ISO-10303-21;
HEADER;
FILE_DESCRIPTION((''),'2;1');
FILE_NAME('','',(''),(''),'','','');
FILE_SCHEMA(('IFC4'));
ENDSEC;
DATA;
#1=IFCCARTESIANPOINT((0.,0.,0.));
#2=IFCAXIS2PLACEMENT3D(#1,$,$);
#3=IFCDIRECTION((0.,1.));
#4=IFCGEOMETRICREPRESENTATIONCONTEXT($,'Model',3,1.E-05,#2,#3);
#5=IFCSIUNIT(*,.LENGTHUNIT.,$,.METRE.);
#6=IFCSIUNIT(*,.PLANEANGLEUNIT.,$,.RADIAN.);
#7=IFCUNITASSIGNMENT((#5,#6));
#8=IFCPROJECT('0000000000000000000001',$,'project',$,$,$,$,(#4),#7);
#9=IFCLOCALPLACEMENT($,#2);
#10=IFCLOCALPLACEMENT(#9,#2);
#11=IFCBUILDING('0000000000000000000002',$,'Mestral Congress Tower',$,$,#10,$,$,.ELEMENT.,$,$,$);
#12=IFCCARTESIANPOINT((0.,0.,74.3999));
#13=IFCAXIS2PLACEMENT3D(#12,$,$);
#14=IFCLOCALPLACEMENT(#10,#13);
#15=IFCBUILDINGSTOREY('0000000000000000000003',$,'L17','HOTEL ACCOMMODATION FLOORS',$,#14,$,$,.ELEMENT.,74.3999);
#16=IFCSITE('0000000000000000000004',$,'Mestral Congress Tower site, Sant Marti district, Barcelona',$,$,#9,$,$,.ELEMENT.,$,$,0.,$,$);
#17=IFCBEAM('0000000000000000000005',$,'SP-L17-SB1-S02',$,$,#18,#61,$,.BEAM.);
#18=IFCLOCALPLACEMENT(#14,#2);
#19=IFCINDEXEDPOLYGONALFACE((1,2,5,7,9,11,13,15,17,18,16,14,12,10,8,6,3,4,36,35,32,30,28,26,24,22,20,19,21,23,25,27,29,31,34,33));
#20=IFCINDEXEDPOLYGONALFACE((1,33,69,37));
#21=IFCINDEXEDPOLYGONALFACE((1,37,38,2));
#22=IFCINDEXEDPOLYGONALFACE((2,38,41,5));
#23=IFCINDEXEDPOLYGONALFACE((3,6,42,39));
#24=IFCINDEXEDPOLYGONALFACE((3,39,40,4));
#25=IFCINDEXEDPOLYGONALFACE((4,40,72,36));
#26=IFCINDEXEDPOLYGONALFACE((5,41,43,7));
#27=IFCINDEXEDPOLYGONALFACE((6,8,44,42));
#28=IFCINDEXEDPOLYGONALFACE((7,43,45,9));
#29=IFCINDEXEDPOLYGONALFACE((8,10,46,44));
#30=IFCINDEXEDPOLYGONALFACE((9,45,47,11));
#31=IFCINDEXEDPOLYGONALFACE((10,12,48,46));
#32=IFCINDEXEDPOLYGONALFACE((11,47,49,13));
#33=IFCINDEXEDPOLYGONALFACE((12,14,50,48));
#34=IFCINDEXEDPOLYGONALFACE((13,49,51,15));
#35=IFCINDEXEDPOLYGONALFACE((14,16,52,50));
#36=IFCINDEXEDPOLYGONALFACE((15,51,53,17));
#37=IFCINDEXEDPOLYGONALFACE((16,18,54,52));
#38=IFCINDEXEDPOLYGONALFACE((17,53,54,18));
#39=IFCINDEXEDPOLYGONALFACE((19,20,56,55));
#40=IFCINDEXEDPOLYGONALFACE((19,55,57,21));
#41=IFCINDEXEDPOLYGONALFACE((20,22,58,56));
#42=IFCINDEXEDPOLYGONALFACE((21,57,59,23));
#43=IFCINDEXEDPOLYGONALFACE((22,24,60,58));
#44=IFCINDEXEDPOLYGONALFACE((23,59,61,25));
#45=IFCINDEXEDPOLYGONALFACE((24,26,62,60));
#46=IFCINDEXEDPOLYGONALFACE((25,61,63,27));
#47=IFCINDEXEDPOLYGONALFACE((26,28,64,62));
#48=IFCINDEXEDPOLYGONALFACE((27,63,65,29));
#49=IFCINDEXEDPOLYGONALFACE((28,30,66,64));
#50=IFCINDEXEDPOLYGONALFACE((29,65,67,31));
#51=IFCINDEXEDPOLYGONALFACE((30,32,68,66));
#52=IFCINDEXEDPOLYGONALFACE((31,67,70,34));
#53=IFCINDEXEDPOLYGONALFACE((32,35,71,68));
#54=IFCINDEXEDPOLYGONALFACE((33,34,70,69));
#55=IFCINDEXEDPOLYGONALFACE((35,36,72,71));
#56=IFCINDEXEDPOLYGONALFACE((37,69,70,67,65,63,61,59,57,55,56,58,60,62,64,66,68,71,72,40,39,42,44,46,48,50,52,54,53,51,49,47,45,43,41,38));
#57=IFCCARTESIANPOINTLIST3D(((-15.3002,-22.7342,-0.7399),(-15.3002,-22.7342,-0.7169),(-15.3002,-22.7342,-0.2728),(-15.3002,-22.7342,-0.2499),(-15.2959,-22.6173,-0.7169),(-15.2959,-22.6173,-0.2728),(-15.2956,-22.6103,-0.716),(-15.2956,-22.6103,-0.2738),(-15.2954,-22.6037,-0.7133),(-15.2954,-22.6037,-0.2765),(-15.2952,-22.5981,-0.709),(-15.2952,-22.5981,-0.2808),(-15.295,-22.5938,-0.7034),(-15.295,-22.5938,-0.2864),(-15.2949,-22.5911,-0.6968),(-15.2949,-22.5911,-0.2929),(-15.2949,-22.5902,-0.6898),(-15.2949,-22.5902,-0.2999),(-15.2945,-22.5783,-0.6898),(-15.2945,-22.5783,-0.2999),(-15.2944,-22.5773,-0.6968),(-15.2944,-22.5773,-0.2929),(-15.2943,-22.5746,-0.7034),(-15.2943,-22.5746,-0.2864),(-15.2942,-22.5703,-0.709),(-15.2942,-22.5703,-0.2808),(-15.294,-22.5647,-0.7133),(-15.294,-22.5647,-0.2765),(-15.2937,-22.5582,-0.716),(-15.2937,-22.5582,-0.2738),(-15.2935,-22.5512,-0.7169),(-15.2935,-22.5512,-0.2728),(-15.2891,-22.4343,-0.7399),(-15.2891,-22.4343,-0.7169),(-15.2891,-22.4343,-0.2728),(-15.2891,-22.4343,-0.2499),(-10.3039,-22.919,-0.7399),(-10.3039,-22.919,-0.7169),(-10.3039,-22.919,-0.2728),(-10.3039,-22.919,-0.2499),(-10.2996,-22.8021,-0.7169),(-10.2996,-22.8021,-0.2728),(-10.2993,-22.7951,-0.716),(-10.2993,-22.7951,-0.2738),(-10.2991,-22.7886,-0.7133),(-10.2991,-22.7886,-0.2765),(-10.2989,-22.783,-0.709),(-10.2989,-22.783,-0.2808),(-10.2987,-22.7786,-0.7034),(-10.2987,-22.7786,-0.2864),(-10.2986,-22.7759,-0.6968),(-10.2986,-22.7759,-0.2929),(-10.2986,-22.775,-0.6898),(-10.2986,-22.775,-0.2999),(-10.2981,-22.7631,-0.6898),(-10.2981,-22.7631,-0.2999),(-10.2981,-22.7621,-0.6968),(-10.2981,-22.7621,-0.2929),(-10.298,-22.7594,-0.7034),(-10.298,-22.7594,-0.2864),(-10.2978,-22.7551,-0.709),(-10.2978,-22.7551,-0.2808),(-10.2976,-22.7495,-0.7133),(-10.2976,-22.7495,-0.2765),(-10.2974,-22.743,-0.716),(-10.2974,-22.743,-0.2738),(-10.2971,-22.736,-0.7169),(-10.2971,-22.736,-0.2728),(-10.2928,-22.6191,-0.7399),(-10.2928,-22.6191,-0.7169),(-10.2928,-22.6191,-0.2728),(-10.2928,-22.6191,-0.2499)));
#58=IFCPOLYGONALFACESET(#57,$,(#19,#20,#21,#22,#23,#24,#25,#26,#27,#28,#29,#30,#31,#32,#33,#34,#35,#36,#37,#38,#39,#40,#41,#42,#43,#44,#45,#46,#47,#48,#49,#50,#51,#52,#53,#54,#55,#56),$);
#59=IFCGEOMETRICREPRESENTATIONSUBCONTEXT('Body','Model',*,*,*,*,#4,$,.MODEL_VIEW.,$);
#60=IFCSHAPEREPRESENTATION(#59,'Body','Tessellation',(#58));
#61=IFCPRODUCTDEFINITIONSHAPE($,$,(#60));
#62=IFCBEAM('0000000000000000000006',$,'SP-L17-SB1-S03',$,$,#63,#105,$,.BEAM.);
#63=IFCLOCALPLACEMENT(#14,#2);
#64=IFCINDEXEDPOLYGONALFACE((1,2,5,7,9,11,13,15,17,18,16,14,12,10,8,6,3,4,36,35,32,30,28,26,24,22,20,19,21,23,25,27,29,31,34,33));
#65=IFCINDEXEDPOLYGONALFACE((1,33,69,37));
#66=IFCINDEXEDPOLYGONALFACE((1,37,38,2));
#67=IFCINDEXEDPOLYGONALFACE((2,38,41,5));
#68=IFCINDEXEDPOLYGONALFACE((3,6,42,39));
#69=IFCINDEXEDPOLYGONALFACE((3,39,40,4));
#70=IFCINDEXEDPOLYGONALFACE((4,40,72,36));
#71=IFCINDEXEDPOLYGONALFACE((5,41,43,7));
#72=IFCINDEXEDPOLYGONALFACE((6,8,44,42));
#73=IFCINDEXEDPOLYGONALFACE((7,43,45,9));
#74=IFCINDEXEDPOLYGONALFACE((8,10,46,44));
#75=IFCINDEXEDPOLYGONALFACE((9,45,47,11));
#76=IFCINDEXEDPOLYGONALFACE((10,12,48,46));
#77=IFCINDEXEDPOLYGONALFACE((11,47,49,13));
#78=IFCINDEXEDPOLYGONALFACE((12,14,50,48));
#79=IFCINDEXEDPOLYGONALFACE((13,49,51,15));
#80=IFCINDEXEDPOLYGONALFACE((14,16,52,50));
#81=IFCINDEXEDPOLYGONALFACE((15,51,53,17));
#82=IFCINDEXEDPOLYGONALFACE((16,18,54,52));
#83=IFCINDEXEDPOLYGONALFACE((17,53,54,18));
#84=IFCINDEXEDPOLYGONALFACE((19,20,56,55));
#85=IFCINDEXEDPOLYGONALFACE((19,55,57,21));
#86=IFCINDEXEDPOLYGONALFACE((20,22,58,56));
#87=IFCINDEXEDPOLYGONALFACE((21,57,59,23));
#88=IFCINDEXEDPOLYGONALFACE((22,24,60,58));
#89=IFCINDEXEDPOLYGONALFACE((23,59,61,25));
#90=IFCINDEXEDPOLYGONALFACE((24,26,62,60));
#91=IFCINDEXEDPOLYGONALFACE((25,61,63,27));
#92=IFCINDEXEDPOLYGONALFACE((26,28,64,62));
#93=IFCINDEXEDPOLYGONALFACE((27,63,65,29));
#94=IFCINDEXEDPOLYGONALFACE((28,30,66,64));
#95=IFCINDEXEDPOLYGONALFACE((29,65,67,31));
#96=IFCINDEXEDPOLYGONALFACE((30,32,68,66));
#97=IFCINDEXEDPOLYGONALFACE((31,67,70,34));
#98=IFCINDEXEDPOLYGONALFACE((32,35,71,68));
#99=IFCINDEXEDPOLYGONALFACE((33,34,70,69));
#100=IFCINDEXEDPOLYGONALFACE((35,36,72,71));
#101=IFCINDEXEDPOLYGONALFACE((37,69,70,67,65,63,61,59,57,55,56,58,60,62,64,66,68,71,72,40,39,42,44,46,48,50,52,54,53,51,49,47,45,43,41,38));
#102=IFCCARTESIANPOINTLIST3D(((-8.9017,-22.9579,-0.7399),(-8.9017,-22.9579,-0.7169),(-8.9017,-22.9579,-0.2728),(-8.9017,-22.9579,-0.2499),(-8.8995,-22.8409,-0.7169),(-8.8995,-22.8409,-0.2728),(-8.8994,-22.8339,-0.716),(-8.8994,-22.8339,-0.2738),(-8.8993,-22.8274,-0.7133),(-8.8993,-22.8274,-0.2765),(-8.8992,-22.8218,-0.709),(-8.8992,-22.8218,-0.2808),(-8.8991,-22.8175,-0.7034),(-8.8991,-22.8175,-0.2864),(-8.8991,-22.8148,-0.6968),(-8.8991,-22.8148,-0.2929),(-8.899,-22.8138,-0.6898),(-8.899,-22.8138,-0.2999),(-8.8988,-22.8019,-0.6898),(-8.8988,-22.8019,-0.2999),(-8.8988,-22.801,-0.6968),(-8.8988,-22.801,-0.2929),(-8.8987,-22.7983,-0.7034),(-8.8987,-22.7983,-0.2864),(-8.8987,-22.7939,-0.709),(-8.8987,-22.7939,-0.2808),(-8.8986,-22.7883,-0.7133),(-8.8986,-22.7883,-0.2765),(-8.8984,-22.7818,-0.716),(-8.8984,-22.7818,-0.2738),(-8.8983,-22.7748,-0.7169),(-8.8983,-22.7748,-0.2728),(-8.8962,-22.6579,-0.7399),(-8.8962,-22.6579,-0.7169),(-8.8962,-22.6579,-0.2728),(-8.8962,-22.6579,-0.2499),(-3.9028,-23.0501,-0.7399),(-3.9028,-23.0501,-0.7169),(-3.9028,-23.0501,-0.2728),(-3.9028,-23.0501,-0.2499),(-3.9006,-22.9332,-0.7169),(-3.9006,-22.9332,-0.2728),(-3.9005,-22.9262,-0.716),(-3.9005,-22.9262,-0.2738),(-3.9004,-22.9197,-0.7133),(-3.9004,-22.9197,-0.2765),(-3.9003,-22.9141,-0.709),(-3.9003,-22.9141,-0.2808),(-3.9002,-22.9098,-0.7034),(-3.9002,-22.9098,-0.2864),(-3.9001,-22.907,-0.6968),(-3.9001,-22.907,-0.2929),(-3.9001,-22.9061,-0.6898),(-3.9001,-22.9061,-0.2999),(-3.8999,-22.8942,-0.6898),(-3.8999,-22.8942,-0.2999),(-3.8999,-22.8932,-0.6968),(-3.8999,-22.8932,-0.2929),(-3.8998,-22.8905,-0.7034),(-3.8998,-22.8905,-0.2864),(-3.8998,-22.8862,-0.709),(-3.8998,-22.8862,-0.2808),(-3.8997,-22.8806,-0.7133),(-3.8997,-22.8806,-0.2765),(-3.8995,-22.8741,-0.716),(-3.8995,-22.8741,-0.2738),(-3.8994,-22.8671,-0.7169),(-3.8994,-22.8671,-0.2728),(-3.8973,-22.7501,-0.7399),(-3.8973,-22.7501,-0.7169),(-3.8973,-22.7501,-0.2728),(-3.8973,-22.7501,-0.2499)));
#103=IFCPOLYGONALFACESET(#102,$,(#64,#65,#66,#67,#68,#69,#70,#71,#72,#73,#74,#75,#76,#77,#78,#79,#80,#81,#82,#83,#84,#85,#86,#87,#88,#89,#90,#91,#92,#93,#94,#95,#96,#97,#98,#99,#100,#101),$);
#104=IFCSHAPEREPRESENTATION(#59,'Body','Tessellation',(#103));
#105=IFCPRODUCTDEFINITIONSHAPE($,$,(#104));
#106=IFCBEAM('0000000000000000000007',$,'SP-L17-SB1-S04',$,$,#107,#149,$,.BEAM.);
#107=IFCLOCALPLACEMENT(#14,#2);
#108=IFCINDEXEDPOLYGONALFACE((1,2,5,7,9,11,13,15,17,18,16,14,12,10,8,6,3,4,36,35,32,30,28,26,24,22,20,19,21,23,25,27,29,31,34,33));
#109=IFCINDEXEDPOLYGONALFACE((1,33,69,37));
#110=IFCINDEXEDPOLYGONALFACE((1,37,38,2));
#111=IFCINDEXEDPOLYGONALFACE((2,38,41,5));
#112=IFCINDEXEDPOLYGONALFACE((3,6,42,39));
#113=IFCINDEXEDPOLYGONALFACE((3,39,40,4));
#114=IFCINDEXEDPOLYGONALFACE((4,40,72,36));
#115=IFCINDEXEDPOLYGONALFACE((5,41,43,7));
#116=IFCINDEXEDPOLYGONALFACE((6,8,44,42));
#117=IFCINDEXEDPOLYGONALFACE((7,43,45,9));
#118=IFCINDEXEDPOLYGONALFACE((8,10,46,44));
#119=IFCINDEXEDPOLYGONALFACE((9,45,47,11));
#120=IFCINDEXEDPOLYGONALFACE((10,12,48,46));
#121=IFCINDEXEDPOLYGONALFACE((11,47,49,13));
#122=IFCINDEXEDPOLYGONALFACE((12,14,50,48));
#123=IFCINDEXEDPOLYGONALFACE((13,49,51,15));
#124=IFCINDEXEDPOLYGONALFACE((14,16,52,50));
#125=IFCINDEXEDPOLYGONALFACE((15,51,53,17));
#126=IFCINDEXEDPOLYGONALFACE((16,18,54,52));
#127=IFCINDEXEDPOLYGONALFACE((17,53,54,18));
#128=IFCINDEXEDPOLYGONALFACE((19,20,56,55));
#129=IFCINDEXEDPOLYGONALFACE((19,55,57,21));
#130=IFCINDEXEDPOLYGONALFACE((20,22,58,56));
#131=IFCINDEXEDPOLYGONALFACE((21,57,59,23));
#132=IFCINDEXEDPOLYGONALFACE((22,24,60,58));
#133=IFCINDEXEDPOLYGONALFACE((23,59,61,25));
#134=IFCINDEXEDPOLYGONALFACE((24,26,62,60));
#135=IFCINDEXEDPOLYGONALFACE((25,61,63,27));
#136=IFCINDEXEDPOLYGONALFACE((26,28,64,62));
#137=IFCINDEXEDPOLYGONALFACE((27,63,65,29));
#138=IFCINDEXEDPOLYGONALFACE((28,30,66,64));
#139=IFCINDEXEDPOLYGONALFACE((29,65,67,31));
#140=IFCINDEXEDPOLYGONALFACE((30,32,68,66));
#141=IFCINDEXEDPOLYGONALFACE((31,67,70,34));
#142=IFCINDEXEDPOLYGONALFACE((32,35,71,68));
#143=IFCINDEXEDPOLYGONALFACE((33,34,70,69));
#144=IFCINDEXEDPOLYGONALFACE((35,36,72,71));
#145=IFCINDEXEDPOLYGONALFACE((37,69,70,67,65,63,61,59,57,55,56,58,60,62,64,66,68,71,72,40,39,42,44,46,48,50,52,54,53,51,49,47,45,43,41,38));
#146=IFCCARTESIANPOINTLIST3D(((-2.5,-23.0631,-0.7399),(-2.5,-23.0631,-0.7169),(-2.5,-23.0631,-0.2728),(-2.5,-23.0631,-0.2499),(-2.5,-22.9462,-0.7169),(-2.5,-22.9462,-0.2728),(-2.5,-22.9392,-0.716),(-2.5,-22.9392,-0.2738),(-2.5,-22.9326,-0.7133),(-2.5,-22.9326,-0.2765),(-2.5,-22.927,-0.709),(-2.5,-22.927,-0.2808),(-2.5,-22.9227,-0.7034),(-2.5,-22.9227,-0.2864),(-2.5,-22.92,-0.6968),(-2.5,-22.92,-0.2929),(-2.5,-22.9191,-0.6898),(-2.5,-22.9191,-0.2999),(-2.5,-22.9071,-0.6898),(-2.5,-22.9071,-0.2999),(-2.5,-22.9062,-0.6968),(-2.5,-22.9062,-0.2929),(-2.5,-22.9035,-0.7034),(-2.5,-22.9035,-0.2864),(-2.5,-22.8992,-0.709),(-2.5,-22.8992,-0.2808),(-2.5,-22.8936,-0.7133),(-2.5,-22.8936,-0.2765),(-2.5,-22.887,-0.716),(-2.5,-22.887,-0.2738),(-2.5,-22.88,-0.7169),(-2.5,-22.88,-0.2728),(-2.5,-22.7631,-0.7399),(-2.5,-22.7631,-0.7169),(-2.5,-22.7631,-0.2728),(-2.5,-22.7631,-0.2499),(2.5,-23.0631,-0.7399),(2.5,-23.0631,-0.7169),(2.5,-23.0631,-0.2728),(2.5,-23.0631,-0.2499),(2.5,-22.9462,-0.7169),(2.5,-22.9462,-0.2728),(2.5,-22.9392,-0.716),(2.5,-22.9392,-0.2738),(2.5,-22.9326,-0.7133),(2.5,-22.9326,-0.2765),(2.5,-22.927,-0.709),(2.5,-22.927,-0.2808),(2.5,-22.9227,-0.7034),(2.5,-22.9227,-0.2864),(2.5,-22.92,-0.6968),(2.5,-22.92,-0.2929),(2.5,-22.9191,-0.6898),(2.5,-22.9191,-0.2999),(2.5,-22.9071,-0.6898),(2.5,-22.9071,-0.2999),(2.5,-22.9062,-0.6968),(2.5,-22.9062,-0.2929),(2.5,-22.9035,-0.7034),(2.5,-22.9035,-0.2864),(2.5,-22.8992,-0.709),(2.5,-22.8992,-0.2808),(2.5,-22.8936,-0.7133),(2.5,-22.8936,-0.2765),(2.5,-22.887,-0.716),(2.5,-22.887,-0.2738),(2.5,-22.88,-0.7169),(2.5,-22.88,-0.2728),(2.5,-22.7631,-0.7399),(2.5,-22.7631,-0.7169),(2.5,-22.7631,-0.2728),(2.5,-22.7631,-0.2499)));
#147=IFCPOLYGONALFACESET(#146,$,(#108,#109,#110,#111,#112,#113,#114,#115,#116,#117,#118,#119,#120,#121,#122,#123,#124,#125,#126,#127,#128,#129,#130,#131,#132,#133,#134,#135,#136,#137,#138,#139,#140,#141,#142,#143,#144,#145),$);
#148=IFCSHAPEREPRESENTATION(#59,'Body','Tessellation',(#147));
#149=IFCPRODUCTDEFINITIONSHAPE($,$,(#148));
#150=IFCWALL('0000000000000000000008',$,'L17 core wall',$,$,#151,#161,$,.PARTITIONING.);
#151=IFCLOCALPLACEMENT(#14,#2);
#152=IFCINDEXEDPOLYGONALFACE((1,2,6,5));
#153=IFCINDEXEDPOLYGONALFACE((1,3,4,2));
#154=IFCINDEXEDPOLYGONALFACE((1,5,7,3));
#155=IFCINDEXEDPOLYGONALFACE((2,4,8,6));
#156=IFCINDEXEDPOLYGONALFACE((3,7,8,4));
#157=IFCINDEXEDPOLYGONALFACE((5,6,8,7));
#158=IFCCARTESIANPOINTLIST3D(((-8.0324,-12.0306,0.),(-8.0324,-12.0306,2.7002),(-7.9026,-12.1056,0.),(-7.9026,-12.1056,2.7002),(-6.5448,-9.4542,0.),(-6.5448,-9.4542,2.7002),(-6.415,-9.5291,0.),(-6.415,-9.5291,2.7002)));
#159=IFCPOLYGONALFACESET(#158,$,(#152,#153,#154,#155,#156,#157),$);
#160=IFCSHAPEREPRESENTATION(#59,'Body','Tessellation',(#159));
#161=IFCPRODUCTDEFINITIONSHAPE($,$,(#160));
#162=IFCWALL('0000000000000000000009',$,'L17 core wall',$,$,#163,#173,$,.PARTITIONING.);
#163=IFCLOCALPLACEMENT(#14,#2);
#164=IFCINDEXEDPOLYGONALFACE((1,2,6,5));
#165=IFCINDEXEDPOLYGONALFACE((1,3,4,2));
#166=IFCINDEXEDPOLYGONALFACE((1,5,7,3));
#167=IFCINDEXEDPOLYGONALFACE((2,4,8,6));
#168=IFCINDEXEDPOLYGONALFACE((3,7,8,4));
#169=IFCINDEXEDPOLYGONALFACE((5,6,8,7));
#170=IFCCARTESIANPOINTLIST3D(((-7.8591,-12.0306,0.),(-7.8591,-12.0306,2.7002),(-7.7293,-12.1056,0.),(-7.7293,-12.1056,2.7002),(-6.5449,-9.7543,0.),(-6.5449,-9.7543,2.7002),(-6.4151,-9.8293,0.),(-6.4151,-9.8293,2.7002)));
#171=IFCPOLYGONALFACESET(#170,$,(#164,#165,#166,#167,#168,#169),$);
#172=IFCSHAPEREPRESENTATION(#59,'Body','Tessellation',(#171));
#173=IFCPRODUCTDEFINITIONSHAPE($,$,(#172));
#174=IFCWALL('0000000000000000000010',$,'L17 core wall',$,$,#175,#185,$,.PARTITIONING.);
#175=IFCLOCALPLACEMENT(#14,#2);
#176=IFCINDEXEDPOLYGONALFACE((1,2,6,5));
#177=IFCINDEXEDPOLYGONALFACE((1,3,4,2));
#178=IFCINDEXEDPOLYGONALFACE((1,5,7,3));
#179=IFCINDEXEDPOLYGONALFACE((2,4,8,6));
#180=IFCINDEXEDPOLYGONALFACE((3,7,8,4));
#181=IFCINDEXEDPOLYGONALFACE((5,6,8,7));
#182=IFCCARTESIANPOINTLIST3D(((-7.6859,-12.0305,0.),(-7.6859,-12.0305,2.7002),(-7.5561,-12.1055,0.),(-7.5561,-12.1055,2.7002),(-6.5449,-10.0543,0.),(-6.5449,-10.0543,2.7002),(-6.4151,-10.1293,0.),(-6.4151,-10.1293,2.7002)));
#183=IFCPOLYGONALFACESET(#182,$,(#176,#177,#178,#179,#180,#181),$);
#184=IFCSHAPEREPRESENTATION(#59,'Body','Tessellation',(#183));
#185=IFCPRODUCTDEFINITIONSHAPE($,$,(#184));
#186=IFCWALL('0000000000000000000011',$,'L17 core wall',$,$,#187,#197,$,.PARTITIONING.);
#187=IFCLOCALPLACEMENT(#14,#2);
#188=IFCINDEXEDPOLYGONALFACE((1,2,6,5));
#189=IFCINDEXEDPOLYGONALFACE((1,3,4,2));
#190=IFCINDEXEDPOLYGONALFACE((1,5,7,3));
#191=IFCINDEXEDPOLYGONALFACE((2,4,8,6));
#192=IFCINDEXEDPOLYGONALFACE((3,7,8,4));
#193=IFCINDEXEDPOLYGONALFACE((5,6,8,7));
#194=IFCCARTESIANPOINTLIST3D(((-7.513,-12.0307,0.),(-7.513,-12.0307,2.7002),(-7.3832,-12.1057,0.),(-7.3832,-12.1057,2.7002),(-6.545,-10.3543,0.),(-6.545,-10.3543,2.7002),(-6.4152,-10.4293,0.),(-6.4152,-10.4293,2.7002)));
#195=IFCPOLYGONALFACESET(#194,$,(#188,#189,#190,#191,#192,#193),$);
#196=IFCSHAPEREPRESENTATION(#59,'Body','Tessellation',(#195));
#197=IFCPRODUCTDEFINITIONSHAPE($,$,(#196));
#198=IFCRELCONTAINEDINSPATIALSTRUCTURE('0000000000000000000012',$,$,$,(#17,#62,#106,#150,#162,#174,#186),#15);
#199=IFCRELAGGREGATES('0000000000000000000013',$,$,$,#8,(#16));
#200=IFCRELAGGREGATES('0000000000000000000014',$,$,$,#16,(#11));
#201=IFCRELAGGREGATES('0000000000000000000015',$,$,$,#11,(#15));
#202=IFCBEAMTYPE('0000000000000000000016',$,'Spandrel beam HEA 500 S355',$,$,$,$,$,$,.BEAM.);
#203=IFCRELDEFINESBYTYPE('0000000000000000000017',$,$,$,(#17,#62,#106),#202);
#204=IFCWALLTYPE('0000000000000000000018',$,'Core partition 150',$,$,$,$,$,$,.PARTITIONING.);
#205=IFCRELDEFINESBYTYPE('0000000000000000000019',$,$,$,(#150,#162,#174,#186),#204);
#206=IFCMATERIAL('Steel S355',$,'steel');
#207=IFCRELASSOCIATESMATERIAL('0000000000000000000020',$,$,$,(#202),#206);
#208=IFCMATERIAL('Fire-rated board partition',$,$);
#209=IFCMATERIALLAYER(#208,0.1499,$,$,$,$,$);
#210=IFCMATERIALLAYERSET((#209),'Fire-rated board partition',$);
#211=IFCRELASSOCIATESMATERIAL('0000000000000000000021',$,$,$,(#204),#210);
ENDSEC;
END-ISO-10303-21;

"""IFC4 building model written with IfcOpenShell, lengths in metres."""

from ifc_helpers import new_model, si_unit, direction, frame, frame_2d, origin, origin_2d, place, context, subcontext, project, spatial, rectangle, i_section, extrude, material, layer, layer_set, material_profile, profile_set, type_object, element, save


model = new_model("IFC4")

# Units and contexts
model_context = context("Model", 3, precision=1e-05, world=origin(), true_north=direction((0.0, 1.0)))
body_context = subcontext(model_context, "Body", "Model", "MODEL_VIEW")
ifc_project = project(units=[si_unit("LENGTHUNIT", "METRE"), si_unit("PLANEANGLEUNIT", "RADIAN")], contexts=[model_context])

# Site, building, storey
site_placement = place(None, origin())
site = spatial("IfcSite", under=ifc_project, at=site_placement, Name="Mestral Congress Tower site, Sant Marti district, Barcelona", CompositionType="ELEMENT", RefElevation=0.0)
building_placement = place(site_placement, origin())
building = spatial("IfcBuilding", under=site, at=building_placement, Name="Mestral Congress Tower", CompositionType="ELEMENT")
storey_placement = place(building_placement, frame((0.0, 0.0, 74.3999)))
storey = spatial("IfcBuildingStorey", under=building, at=storey_placement, Name="L17", Description="HOTEL ACCOMMODATION FLOORS", CompositionType="ELEMENT", Elevation=74.3999)

# Beams
ifc_material_1 = material(Name="Steel S355", Category="steel")
ifc_material_profile_1 = material_profile(ifc_material_1, i_section(OverallWidth=0.3, OverallDepth=0.49, WebThickness=0.012, FlangeThickness=0.0229, FilletRadius=0.0271, at=origin_2d()), Name="HEA 500")
ifc_profile_set_1 = profile_set([ifc_material_profile_1], Name="Steel S355")
beam_type_1 = type_object("IfcBeamType", Name="Spandrel beam HEA 500 S355", PredefinedType="BEAM", material=ifc_profile_set_1)
for number, where, z_axis, x_axis, name in (
    (1, (-15.2947, -22.5842, -0.4949), (0.999317, -0.036965, 0.0), (0.036965, 0.999317, 0.0), "SP-L17-SB1-S02"),
    (2, (-8.8989, -22.8079, -0.4949), (0.99983, -0.018457, 0.0), (0.018457, 0.99983, 0.0), "SP-L17-SB1-S03"),
):
    element("IfcBeam", number, at=place(storey_placement, frame(where, z_axis=z_axis, x_axis=x_axis)), inside=storey, type_object=beam_type_1, Name=name, PredefinedType="BEAM", context=body_context, shape_type="SweptSolid", body=[
        extrude(i_section(OverallWidth=0.3, OverallDepth=0.49, WebThickness=0.012, FlangeThickness=0.0229, FilletRadius=0.0271, at=origin_2d()), origin(), (0.0, 0.0, 1.0), 4.9998),
    ])
beam_1_placement = place(storey_placement, frame((-2.5, -22.9131, -0.4949), z_axis=(1.0, 0.0, 0.0), x_axis=(0.0, 1.0, 0.0)))
element("IfcBeam", 3, at=beam_1_placement, inside=storey, type_object=beam_type_1, Name="SP-L17-SB1-S04", PredefinedType="BEAM", context=body_context, shape_type="SweptSolid", body=[
    extrude(i_section(OverallWidth=0.3, OverallDepth=0.49, WebThickness=0.012, FlangeThickness=0.0229, FilletRadius=0.0271, at=origin_2d()), origin(), (0.0, 0.0, 1.0), 5.0),
])

# Walls
ifc_material_2 = material(Name="Fire-rated board partition")
ifc_layer_1 = layer(ifc_material_2, 0.1499)
ifc_layer_set_1 = layer_set([ifc_layer_1], Name="Fire-rated board partition")
wall_type_1 = type_object("IfcWallType", Name="Core partition 150", PredefinedType="PARTITIONING", material=ifc_layer_set_1)
wall_1_placement = place(storey_placement, frame((-7.9675, -12.0681, 0.0), z_axis=(0.0, 0.0, 1.0), x_axis=(0.500014, 0.866017, 0.0)))
element("IfcWall", 4, at=wall_1_placement, inside=storey, type_object=wall_type_1, Name="L17 core wall", PredefinedType="PARTITIONING", context=body_context, shape_type="SweptSolid", body=[
    extrude(rectangle(XDim=2.9751, YDim=0.1499, at=frame_2d((1.4875, 0.0))), origin(), (0.0, 0.0, 1.0), 2.7002),
])
wall_2_placement = place(storey_placement, frame((-7.7942, -12.0681, 0.0), z_axis=(0.0, 0.0, 1.0), x_axis=(0.499985, 0.866034, 0.0)))
element("IfcWall", 5, at=wall_2_placement, inside=storey, type_object=wall_type_1, Name="L17 core wall", PredefinedType="PARTITIONING", context=body_context, shape_type="SweptSolid", body=[
    extrude(rectangle(XDim=2.6284, YDim=0.1499, at=frame_2d((1.3142, 0.0))), origin(), (0.0, 0.0, 1.0), 2.7002),
])
wall_3_placement = place(storey_placement, frame((-7.6211, -12.0681, 0.0), z_axis=(0.0, 0.0, 1.0), x_axis=(0.500028, 0.866009, 0.0)))
element("IfcWall", 6, at=wall_3_placement, inside=storey, type_object=wall_type_1, Name="L17 core wall", PredefinedType="PARTITIONING", context=body_context, shape_type="SweptSolid", body=[
    extrude(rectangle(XDim=2.282, YDim=0.1499, at=frame_2d((1.1411, 0.0))), origin(), (0.0, 0.0, 1.0), 2.7002),
])
wall_4_placement = place(storey_placement, frame((-7.448, -12.0681, 0.0), z_axis=(0.0, 0.0, 1.0), x_axis=(0.500032, 0.866007, 0.0)))
element("IfcWall", 7, at=wall_4_placement, inside=storey, type_object=wall_type_1, Name="L17 core wall", PredefinedType="PARTITIONING", context=body_context, shape_type="SweptSolid", body=[
    extrude(rectangle(XDim=1.9358, YDim=0.1499, at=frame_2d((0.9678, 0.0))), origin(), (0.0, 0.0, 1.0), 2.7002),
])

save(model, "model.ifc")
